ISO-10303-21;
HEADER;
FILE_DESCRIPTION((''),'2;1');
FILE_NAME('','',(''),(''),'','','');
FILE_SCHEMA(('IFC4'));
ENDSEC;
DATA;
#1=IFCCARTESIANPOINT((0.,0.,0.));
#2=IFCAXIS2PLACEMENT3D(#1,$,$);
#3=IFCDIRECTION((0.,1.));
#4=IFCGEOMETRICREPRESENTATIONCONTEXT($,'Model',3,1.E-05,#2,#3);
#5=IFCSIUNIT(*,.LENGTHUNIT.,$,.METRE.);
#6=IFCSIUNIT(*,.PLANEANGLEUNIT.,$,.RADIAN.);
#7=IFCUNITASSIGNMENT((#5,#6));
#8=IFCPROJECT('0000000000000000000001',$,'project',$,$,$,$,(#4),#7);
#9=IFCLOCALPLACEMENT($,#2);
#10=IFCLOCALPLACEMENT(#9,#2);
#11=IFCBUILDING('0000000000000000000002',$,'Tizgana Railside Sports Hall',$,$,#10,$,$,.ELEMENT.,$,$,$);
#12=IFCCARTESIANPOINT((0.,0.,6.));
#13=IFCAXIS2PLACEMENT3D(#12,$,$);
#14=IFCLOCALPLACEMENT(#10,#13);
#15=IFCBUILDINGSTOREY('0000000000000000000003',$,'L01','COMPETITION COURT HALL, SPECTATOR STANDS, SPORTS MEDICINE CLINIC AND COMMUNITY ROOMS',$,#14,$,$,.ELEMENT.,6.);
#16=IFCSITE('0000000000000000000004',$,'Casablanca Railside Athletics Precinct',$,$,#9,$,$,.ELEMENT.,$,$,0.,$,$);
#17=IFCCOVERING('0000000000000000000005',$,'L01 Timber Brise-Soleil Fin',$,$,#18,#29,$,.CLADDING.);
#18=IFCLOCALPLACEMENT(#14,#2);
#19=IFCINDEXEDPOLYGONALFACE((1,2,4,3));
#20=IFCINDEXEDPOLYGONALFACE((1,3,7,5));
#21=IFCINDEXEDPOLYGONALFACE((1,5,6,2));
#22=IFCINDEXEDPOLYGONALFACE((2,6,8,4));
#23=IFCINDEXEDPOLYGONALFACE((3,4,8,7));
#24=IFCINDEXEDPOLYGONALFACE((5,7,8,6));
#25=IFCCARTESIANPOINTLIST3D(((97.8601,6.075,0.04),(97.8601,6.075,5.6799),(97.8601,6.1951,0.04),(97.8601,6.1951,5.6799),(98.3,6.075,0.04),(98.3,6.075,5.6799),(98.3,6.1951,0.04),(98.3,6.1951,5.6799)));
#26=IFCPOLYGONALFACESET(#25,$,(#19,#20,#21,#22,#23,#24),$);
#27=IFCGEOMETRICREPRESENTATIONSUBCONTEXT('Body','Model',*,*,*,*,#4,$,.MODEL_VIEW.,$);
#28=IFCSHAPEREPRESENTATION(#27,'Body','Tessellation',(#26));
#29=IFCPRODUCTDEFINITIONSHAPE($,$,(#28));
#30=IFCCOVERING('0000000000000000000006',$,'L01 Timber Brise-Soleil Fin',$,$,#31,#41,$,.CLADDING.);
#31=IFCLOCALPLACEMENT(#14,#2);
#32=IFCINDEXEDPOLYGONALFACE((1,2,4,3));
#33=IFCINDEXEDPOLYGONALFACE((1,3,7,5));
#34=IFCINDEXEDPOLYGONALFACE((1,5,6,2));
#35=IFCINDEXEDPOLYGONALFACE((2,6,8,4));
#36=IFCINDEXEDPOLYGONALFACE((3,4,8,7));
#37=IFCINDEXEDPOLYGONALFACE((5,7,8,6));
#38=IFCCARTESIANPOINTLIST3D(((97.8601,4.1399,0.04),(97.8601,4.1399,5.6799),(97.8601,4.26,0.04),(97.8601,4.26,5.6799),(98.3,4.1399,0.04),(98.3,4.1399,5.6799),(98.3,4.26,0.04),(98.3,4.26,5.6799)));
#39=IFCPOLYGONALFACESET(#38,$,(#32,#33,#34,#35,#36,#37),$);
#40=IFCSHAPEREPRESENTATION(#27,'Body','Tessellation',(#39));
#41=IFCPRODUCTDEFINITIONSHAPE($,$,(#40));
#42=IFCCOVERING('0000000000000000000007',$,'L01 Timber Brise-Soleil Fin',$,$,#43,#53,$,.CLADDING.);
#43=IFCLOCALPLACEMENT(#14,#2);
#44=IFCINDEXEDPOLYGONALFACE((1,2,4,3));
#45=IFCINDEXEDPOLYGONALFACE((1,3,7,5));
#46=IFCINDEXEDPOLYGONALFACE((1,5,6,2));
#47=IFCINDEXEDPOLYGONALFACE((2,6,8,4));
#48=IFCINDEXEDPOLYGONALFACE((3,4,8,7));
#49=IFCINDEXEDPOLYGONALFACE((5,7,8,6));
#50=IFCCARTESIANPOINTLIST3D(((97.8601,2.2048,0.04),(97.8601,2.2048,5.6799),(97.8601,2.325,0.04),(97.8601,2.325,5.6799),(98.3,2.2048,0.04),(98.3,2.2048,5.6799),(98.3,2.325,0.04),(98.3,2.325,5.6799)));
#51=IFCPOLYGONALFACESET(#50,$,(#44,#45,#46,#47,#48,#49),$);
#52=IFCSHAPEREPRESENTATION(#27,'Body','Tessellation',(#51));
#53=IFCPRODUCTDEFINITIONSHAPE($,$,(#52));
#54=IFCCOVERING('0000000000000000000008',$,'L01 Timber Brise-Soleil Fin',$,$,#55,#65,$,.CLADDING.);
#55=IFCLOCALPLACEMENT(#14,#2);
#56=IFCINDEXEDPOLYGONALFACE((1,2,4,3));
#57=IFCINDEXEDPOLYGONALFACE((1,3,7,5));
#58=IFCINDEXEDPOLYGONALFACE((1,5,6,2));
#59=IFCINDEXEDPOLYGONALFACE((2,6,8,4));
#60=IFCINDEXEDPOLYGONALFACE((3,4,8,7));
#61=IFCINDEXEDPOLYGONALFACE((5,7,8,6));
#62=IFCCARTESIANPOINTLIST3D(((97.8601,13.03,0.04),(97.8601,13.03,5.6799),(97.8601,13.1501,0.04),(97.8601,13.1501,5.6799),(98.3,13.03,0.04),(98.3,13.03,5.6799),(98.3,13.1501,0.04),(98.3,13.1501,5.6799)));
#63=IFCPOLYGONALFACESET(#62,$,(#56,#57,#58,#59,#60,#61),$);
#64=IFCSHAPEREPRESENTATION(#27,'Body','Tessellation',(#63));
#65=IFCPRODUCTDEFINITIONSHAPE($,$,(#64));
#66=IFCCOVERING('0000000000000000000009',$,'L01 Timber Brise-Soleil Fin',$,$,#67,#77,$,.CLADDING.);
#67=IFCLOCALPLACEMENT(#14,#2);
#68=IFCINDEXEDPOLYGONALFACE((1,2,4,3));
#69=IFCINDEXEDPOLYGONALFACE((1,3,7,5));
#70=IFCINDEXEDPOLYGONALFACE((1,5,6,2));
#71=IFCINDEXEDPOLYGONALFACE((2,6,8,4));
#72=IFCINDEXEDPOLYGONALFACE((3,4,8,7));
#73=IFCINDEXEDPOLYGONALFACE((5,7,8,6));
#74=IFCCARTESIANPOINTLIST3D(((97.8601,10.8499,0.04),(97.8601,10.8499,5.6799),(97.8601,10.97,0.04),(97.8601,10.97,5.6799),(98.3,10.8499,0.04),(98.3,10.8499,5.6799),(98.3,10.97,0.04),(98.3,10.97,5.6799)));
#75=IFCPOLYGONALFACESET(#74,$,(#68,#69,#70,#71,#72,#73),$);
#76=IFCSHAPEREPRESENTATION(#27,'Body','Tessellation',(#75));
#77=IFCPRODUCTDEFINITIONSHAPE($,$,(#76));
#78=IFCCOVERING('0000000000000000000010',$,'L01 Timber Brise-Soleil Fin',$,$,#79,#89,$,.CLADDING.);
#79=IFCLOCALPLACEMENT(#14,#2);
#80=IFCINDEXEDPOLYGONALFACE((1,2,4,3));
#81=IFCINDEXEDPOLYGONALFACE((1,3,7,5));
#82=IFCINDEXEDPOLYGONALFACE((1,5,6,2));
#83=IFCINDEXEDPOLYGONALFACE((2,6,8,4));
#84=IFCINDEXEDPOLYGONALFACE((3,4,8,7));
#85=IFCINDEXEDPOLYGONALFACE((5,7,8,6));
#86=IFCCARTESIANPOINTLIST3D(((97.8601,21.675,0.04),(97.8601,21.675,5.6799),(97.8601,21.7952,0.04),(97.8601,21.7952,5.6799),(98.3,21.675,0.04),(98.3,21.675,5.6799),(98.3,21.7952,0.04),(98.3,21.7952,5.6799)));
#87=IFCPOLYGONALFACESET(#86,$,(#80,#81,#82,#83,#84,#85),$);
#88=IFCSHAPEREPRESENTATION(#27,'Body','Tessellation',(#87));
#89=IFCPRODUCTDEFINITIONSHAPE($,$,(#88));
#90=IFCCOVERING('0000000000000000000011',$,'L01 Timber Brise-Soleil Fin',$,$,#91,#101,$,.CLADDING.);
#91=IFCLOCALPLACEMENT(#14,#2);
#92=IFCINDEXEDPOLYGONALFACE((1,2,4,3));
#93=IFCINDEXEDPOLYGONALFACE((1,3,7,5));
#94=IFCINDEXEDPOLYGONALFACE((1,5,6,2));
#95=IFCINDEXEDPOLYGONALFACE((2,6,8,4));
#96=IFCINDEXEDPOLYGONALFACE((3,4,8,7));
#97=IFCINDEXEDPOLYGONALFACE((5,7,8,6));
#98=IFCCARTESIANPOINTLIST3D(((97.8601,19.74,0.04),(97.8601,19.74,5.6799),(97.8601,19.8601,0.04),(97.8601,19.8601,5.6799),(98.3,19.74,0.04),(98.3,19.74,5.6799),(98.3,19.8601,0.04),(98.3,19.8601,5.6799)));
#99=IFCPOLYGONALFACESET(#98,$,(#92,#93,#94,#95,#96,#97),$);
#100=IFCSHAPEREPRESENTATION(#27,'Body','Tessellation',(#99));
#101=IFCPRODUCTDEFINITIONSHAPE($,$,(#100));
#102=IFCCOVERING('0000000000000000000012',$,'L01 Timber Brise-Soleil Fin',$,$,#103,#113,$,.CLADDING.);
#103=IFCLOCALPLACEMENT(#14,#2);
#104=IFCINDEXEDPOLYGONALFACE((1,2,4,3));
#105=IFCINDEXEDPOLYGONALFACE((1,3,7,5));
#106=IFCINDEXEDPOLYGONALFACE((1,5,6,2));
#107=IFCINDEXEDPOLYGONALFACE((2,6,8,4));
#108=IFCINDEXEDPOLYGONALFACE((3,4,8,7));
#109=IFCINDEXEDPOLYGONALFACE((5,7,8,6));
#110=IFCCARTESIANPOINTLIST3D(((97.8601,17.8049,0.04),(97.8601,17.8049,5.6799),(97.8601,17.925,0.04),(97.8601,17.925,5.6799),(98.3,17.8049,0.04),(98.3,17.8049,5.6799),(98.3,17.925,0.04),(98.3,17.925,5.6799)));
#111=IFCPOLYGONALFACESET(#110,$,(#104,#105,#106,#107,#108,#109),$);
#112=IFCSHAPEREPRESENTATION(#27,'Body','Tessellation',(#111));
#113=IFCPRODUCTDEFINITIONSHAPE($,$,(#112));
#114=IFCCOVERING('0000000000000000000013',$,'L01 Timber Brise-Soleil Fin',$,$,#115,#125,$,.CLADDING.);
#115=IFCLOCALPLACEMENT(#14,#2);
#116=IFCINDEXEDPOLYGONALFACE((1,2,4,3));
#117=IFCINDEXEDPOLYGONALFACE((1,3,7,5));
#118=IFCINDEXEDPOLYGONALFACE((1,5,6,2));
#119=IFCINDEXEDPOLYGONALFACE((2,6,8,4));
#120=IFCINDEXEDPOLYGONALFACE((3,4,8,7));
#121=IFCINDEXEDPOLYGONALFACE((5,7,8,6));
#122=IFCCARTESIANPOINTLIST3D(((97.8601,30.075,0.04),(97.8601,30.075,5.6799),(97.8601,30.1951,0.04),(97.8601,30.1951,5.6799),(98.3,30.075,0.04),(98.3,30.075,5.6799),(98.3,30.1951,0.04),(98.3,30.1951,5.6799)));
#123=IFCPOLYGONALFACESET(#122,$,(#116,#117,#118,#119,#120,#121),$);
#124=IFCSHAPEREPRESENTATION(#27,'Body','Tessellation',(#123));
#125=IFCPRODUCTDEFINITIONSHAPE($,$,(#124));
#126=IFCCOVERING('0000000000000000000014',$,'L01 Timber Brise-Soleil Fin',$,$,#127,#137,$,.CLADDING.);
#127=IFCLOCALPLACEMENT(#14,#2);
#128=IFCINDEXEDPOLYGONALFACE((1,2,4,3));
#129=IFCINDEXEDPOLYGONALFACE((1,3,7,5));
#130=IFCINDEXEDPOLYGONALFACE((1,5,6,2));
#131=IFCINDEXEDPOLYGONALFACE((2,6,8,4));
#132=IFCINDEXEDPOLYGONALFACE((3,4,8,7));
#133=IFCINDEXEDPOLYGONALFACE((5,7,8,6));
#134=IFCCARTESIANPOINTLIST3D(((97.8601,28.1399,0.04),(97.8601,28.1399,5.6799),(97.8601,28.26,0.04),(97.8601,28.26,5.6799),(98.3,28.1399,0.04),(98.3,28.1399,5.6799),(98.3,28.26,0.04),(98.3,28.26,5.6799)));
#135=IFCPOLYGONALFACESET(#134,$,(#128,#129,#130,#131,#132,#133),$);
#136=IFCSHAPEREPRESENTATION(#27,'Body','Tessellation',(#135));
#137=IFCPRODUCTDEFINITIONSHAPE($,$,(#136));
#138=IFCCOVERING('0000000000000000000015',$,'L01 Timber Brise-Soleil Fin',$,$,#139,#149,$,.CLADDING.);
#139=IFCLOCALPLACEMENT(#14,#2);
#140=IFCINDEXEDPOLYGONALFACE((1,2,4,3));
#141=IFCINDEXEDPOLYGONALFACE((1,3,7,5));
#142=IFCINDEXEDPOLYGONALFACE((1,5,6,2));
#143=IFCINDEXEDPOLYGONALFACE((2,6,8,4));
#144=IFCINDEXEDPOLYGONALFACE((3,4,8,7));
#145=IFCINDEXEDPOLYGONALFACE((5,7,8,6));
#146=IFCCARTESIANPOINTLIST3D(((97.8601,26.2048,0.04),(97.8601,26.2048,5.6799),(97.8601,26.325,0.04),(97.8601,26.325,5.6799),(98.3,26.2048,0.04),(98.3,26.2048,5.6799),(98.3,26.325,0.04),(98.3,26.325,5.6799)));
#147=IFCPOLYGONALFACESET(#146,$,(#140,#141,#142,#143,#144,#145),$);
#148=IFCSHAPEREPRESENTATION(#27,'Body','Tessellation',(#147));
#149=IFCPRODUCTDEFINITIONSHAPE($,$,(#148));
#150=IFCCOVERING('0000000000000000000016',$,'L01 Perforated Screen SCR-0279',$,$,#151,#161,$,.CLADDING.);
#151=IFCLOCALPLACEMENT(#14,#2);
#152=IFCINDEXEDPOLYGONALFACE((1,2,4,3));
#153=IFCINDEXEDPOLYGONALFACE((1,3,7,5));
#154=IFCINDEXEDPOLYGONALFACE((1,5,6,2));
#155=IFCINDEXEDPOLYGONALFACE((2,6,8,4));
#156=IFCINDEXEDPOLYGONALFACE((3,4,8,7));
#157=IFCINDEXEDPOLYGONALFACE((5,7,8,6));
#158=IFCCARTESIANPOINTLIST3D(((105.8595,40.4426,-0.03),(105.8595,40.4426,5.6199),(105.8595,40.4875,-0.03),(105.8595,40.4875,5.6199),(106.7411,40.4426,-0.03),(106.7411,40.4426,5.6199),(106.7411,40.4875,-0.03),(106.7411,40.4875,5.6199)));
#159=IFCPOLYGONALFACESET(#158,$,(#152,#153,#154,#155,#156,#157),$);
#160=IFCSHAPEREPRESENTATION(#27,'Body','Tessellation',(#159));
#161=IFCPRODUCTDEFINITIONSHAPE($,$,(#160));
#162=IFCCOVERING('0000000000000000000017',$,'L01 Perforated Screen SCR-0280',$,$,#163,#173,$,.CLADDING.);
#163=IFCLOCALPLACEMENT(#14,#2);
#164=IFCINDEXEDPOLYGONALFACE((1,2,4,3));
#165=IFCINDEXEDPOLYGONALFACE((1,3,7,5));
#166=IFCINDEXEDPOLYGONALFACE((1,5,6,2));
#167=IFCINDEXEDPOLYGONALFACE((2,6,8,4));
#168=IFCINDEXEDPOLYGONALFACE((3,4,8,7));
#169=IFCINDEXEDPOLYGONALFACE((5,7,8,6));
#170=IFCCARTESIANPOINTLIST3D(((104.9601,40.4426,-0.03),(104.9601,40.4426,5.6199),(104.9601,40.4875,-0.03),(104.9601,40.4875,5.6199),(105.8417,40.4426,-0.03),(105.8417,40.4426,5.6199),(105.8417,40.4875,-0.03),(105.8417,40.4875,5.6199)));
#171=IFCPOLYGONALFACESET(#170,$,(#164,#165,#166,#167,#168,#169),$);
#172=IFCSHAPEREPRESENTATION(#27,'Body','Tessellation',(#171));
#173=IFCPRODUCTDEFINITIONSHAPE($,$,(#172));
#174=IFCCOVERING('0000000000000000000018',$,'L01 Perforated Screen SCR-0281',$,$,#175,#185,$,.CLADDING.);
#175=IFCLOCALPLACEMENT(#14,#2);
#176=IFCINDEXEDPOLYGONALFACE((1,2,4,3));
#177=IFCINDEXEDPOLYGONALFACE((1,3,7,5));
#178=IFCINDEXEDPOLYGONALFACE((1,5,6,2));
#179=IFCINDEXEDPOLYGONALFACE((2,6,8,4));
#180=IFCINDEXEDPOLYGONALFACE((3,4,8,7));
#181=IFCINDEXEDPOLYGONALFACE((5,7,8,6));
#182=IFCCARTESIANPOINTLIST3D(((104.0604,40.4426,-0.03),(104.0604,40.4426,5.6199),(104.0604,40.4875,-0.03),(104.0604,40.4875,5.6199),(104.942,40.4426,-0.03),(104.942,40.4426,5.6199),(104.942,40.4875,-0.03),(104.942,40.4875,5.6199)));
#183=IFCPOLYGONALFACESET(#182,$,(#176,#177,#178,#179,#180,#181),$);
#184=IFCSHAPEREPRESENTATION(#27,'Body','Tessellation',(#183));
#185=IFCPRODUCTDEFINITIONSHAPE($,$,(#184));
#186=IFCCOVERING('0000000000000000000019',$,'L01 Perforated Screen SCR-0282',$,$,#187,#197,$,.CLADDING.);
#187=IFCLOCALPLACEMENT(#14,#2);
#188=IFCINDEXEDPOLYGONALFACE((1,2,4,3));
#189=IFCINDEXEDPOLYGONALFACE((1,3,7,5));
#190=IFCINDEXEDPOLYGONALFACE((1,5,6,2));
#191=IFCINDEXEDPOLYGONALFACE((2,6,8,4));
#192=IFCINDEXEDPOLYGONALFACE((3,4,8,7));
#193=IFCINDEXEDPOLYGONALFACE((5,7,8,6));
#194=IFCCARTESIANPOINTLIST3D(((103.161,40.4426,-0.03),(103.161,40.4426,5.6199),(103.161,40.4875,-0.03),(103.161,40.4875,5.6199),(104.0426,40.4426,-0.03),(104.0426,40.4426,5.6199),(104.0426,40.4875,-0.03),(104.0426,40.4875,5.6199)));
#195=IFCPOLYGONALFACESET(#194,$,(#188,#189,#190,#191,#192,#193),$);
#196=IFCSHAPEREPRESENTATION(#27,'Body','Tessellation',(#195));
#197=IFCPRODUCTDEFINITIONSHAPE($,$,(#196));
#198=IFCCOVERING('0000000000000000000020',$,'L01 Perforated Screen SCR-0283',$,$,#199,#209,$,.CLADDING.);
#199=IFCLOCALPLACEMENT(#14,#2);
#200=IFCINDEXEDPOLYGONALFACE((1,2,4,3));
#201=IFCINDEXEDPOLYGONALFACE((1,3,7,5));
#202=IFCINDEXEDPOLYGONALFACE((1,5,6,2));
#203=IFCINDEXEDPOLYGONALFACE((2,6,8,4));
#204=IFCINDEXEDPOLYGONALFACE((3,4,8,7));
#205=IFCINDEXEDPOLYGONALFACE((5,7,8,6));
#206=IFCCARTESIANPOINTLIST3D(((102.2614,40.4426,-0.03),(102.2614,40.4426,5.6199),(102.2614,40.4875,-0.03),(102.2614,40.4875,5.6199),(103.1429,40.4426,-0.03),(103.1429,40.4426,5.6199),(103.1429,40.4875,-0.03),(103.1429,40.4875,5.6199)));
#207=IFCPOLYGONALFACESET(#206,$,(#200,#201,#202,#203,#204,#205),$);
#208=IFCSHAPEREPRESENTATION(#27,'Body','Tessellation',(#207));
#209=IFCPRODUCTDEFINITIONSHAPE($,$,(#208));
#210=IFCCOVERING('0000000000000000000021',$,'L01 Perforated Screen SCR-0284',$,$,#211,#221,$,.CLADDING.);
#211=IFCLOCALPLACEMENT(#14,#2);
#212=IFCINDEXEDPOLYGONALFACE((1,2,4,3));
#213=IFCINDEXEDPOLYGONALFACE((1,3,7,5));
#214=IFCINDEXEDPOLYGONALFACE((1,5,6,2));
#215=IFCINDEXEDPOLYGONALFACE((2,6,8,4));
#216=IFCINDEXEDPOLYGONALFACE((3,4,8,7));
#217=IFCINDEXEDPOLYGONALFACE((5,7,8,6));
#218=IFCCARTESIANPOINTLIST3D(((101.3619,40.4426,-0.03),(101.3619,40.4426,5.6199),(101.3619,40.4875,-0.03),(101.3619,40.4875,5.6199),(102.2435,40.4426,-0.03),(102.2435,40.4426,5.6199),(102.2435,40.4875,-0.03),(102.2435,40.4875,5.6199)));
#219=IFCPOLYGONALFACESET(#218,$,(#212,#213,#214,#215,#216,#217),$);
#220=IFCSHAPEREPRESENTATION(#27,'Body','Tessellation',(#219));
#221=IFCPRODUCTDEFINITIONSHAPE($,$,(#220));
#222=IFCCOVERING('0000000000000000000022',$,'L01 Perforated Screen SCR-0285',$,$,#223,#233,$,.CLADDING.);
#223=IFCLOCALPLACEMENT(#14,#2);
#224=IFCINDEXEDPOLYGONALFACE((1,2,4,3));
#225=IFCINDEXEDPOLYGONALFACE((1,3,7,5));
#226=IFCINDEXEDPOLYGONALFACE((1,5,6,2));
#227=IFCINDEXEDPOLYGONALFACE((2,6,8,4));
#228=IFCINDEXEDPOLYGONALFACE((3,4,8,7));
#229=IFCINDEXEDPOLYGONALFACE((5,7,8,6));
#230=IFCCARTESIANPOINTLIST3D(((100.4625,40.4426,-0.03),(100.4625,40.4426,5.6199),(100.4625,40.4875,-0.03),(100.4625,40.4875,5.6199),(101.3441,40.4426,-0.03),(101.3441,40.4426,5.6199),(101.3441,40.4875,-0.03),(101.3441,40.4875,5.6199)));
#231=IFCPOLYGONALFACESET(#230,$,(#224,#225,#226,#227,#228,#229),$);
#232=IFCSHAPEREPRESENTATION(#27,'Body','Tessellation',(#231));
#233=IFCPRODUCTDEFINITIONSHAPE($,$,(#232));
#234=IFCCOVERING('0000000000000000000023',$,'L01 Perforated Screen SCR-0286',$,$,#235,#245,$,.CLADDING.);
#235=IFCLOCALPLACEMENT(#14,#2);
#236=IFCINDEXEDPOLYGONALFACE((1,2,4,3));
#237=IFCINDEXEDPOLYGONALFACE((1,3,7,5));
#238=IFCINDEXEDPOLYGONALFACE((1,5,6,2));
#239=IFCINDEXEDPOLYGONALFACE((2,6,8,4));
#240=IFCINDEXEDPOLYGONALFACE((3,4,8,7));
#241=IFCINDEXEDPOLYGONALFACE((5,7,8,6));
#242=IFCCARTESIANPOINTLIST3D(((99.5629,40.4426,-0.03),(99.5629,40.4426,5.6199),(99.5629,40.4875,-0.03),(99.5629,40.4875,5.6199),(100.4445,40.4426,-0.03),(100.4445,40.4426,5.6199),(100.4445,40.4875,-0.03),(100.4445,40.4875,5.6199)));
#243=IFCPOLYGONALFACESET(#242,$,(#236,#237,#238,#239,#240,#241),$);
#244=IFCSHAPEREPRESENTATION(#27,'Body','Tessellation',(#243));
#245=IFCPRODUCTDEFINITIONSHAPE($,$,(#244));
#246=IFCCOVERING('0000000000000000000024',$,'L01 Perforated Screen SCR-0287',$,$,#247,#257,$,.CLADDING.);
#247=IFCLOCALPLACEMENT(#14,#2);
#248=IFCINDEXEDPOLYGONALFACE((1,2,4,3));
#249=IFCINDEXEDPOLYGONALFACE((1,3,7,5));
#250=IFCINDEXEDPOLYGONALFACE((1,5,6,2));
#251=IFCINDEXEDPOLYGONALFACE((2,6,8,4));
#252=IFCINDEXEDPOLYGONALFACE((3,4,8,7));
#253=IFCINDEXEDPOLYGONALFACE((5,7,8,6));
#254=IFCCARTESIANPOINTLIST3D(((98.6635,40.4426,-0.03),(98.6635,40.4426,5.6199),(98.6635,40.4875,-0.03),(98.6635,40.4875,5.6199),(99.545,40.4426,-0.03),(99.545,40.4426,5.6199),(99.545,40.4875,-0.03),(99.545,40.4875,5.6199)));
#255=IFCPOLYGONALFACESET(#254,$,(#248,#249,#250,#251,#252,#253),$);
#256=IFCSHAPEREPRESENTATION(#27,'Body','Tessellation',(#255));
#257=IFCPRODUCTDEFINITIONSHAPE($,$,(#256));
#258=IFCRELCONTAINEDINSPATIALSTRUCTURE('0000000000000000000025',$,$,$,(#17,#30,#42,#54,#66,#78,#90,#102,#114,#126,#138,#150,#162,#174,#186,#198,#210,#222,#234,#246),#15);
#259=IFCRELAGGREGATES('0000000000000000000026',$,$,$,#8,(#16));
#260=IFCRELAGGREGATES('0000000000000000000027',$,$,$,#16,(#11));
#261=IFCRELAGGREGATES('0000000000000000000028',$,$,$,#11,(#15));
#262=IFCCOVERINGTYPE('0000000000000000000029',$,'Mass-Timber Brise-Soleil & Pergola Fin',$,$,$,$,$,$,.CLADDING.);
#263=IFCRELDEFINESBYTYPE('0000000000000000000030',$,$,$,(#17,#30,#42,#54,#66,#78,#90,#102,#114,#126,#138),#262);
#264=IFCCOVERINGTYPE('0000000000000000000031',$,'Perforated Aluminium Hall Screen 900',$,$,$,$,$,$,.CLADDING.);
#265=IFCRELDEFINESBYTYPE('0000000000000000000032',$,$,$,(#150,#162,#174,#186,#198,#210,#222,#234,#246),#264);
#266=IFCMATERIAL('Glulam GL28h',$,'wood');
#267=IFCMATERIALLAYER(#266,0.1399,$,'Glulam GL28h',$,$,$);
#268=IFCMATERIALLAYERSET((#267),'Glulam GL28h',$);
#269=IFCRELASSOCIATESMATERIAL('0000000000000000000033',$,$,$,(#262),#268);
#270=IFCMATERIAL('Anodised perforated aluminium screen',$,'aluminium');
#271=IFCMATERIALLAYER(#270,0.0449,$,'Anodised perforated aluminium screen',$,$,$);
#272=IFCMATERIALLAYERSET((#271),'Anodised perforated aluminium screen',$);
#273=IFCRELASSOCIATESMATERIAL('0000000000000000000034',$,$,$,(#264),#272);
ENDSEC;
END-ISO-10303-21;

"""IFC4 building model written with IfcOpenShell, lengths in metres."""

from ifc_helpers import new_model, si_unit, direction, frame, origin, origin_2d, place, context, subcontext, project, spatial, rectangle, extrude, material, layer, layer_set, type_object, element, save


model = new_model("IFC4")

# Units and contexts
model_context = context("Model", 3, precision=1e-05, world=origin(), true_north=direction((0.0, 1.0)))
body_context = subcontext(model_context, "Body", "Model", "MODEL_VIEW")
ifc_project = project(units=[si_unit("LENGTHUNIT", "METRE"), si_unit("PLANEANGLEUNIT", "RADIAN")], contexts=[model_context])

# Site, building, storey
site_placement = place(None, origin())
site = spatial("IfcSite", under=ifc_project, at=site_placement, Name="Casablanca Railside Athletics Precinct", CompositionType="ELEMENT", RefElevation=0.0)
building_placement = place(site_placement, origin())
building = spatial("IfcBuilding", under=site, at=building_placement, Name="Tizgana Railside Sports Hall", CompositionType="ELEMENT")
storey_placement = place(building_placement, frame((0.0, 0.0, 6.0)))
storey = spatial("IfcBuildingStorey", under=building, at=storey_placement, Name="L01", Description="COMPETITION COURT HALL, SPECTATOR STANDS, SPORTS MEDICINE CLINIC AND COMMUNITY ROOMS", CompositionType="ELEMENT", Elevation=6.0)

# Coverings
ifc_material_1 = material(Name="Glulam GL28h", Category="wood")
ifc_layer_1 = layer(ifc_material_1, 0.1399, Name="Glulam GL28h")
ifc_layer_set_1 = layer_set([ifc_layer_1], Name="Glulam GL28h")
covering_type_1 = type_object("IfcCoveringType", Name="Mass-Timber Brise-Soleil & Pergola Fin", PredefinedType="CLADDING", material=ifc_layer_set_1)
for number, where, z_axis, x_axis, name in (
    (1, (98.0801, 6.135, 0.04), (0.0, 0.0, 1.0), (0.0, -1.0, 0.0), "L01 Timber Brise-Soleil Fin"),
    (2, (98.0801, 4.2, 0.04), (0.0, 0.0, 1.0), (0.0, -1.0, 0.0), "L01 Timber Brise-Soleil Fin"),
    (3, (98.0801, 2.2649, 0.04), (0.0, 0.0, 1.0), (0.0, -1.0, 0.0), "L01 Timber Brise-Soleil Fin"),
    (4, (98.0801, 13.0901, 0.04), (0.0, 0.0, 1.0), (0.0, -1.0, 0.0), "L01 Timber Brise-Soleil Fin"),
    (5, (98.0801, 10.9099, 0.04), (0.0, 0.0, 1.0), (0.0, -1.0, 0.0), "L01 Timber Brise-Soleil Fin"),
    (6, (98.0801, 21.7351, 0.04), (0.0, 0.0, 1.0), (0.0, -1.0, 0.0), "L01 Timber Brise-Soleil Fin"),
    (7, (98.0801, 19.8, 0.04), (0.0, 0.0, 1.0), (0.0, -1.0, 0.0), "L01 Timber Brise-Soleil Fin"),
    (8, (98.0801, 17.865, 0.04), (0.0, 0.0, 1.0), (0.0, -1.0, 0.0), "L01 Timber Brise-Soleil Fin"),
    (9, (98.0801, 30.135, 0.04), (0.0, 0.0, 1.0), (0.0, -1.0, 0.0), "L01 Timber Brise-Soleil Fin"),
    (10, (98.0801, 28.2, 0.04), (0.0, 0.0, 1.0), (0.0, -1.0, 0.0), "L01 Timber Brise-Soleil Fin"),
    (11, (98.0801, 26.2649, 0.04), (0.0, 0.0, 1.0), (0.0, -1.0, 0.0), "L01 Timber Brise-Soleil Fin"),
):
    element("IfcCovering", number, at=place(storey_placement, frame(where, z_axis=z_axis, x_axis=x_axis)), inside=storey, type_object=covering_type_1, Name=name, PredefinedType="CLADDING", context=body_context, shape_type="SweptSolid", body=[
        extrude(rectangle(XDim=0.1201, YDim=0.4399, at=origin_2d()), origin(), (0.0, 0.0, 1.0), 5.6399),
    ])
ifc_material_2 = material(Name="Anodised perforated aluminium screen", Category="aluminium")
ifc_layer_2 = layer(ifc_material_2, 0.0449, Name="Anodised perforated aluminium screen")
ifc_layer_set_2 = layer_set([ifc_layer_2], Name="Anodised perforated aluminium screen")
covering_type_2 = type_object("IfcCoveringType", Name="Perforated Aluminium Hall Screen 900", PredefinedType="CLADDING", material=ifc_layer_set_2)
for number, where, z_axis, x_axis, name in (
    (12, (106.3003, 40.4651, -0.03), (0.0, 0.0, 1.0), (-1.0, 0.0, 0.0), "L01 Perforated Screen SCR-0279"),
    (13, (105.4009, 40.4651, -0.03), (0.0, 0.0, 1.0), (-1.0, 0.0, 0.0), "L01 Perforated Screen SCR-0280"),
    (14, (104.5012, 40.4651, -0.03), (0.0, 0.0, 1.0), (-1.0, 0.0, 0.0), "L01 Perforated Screen SCR-0281"),
    (15, (103.6018, 40.4651, -0.03), (0.0, 0.0, 1.0), (-1.0, 0.0, 0.0), "L01 Perforated Screen SCR-0282"),
    (16, (102.7021, 40.4651, -0.03), (0.0, 0.0, 1.0), (-1.0, 0.0, 0.0), "L01 Perforated Screen SCR-0283"),
    (17, (101.8027, 40.4651, -0.03), (0.0, 0.0, 1.0), (-1.0, 0.0, 0.0), "L01 Perforated Screen SCR-0284"),
    (18, (100.9033, 40.4651, -0.03), (0.0, 0.0, 1.0), (-1.0, 0.0, 0.0), "L01 Perforated Screen SCR-0285"),
    (19, (100.0037, 40.4651, -0.03), (0.0, 0.0, 1.0), (-1.0, 0.0, 0.0), "L01 Perforated Screen SCR-0286"),
    (20, (99.1042, 40.4651, -0.03), (0.0, 0.0, 1.0), (-1.0, 0.0, 0.0), "L01 Perforated Screen SCR-0287"),
):
    element("IfcCovering", number, at=place(storey_placement, frame(where, z_axis=z_axis, x_axis=x_axis)), inside=storey, type_object=covering_type_2, Name=name, PredefinedType="CLADDING", context=body_context, shape_type="SweptSolid", body=[
        extrude(rectangle(XDim=0.8816, YDim=0.0449, at=origin_2d()), origin(), (0.0, 0.0, 1.0), 5.6499),
    ])

save(model, "model.ifc")
